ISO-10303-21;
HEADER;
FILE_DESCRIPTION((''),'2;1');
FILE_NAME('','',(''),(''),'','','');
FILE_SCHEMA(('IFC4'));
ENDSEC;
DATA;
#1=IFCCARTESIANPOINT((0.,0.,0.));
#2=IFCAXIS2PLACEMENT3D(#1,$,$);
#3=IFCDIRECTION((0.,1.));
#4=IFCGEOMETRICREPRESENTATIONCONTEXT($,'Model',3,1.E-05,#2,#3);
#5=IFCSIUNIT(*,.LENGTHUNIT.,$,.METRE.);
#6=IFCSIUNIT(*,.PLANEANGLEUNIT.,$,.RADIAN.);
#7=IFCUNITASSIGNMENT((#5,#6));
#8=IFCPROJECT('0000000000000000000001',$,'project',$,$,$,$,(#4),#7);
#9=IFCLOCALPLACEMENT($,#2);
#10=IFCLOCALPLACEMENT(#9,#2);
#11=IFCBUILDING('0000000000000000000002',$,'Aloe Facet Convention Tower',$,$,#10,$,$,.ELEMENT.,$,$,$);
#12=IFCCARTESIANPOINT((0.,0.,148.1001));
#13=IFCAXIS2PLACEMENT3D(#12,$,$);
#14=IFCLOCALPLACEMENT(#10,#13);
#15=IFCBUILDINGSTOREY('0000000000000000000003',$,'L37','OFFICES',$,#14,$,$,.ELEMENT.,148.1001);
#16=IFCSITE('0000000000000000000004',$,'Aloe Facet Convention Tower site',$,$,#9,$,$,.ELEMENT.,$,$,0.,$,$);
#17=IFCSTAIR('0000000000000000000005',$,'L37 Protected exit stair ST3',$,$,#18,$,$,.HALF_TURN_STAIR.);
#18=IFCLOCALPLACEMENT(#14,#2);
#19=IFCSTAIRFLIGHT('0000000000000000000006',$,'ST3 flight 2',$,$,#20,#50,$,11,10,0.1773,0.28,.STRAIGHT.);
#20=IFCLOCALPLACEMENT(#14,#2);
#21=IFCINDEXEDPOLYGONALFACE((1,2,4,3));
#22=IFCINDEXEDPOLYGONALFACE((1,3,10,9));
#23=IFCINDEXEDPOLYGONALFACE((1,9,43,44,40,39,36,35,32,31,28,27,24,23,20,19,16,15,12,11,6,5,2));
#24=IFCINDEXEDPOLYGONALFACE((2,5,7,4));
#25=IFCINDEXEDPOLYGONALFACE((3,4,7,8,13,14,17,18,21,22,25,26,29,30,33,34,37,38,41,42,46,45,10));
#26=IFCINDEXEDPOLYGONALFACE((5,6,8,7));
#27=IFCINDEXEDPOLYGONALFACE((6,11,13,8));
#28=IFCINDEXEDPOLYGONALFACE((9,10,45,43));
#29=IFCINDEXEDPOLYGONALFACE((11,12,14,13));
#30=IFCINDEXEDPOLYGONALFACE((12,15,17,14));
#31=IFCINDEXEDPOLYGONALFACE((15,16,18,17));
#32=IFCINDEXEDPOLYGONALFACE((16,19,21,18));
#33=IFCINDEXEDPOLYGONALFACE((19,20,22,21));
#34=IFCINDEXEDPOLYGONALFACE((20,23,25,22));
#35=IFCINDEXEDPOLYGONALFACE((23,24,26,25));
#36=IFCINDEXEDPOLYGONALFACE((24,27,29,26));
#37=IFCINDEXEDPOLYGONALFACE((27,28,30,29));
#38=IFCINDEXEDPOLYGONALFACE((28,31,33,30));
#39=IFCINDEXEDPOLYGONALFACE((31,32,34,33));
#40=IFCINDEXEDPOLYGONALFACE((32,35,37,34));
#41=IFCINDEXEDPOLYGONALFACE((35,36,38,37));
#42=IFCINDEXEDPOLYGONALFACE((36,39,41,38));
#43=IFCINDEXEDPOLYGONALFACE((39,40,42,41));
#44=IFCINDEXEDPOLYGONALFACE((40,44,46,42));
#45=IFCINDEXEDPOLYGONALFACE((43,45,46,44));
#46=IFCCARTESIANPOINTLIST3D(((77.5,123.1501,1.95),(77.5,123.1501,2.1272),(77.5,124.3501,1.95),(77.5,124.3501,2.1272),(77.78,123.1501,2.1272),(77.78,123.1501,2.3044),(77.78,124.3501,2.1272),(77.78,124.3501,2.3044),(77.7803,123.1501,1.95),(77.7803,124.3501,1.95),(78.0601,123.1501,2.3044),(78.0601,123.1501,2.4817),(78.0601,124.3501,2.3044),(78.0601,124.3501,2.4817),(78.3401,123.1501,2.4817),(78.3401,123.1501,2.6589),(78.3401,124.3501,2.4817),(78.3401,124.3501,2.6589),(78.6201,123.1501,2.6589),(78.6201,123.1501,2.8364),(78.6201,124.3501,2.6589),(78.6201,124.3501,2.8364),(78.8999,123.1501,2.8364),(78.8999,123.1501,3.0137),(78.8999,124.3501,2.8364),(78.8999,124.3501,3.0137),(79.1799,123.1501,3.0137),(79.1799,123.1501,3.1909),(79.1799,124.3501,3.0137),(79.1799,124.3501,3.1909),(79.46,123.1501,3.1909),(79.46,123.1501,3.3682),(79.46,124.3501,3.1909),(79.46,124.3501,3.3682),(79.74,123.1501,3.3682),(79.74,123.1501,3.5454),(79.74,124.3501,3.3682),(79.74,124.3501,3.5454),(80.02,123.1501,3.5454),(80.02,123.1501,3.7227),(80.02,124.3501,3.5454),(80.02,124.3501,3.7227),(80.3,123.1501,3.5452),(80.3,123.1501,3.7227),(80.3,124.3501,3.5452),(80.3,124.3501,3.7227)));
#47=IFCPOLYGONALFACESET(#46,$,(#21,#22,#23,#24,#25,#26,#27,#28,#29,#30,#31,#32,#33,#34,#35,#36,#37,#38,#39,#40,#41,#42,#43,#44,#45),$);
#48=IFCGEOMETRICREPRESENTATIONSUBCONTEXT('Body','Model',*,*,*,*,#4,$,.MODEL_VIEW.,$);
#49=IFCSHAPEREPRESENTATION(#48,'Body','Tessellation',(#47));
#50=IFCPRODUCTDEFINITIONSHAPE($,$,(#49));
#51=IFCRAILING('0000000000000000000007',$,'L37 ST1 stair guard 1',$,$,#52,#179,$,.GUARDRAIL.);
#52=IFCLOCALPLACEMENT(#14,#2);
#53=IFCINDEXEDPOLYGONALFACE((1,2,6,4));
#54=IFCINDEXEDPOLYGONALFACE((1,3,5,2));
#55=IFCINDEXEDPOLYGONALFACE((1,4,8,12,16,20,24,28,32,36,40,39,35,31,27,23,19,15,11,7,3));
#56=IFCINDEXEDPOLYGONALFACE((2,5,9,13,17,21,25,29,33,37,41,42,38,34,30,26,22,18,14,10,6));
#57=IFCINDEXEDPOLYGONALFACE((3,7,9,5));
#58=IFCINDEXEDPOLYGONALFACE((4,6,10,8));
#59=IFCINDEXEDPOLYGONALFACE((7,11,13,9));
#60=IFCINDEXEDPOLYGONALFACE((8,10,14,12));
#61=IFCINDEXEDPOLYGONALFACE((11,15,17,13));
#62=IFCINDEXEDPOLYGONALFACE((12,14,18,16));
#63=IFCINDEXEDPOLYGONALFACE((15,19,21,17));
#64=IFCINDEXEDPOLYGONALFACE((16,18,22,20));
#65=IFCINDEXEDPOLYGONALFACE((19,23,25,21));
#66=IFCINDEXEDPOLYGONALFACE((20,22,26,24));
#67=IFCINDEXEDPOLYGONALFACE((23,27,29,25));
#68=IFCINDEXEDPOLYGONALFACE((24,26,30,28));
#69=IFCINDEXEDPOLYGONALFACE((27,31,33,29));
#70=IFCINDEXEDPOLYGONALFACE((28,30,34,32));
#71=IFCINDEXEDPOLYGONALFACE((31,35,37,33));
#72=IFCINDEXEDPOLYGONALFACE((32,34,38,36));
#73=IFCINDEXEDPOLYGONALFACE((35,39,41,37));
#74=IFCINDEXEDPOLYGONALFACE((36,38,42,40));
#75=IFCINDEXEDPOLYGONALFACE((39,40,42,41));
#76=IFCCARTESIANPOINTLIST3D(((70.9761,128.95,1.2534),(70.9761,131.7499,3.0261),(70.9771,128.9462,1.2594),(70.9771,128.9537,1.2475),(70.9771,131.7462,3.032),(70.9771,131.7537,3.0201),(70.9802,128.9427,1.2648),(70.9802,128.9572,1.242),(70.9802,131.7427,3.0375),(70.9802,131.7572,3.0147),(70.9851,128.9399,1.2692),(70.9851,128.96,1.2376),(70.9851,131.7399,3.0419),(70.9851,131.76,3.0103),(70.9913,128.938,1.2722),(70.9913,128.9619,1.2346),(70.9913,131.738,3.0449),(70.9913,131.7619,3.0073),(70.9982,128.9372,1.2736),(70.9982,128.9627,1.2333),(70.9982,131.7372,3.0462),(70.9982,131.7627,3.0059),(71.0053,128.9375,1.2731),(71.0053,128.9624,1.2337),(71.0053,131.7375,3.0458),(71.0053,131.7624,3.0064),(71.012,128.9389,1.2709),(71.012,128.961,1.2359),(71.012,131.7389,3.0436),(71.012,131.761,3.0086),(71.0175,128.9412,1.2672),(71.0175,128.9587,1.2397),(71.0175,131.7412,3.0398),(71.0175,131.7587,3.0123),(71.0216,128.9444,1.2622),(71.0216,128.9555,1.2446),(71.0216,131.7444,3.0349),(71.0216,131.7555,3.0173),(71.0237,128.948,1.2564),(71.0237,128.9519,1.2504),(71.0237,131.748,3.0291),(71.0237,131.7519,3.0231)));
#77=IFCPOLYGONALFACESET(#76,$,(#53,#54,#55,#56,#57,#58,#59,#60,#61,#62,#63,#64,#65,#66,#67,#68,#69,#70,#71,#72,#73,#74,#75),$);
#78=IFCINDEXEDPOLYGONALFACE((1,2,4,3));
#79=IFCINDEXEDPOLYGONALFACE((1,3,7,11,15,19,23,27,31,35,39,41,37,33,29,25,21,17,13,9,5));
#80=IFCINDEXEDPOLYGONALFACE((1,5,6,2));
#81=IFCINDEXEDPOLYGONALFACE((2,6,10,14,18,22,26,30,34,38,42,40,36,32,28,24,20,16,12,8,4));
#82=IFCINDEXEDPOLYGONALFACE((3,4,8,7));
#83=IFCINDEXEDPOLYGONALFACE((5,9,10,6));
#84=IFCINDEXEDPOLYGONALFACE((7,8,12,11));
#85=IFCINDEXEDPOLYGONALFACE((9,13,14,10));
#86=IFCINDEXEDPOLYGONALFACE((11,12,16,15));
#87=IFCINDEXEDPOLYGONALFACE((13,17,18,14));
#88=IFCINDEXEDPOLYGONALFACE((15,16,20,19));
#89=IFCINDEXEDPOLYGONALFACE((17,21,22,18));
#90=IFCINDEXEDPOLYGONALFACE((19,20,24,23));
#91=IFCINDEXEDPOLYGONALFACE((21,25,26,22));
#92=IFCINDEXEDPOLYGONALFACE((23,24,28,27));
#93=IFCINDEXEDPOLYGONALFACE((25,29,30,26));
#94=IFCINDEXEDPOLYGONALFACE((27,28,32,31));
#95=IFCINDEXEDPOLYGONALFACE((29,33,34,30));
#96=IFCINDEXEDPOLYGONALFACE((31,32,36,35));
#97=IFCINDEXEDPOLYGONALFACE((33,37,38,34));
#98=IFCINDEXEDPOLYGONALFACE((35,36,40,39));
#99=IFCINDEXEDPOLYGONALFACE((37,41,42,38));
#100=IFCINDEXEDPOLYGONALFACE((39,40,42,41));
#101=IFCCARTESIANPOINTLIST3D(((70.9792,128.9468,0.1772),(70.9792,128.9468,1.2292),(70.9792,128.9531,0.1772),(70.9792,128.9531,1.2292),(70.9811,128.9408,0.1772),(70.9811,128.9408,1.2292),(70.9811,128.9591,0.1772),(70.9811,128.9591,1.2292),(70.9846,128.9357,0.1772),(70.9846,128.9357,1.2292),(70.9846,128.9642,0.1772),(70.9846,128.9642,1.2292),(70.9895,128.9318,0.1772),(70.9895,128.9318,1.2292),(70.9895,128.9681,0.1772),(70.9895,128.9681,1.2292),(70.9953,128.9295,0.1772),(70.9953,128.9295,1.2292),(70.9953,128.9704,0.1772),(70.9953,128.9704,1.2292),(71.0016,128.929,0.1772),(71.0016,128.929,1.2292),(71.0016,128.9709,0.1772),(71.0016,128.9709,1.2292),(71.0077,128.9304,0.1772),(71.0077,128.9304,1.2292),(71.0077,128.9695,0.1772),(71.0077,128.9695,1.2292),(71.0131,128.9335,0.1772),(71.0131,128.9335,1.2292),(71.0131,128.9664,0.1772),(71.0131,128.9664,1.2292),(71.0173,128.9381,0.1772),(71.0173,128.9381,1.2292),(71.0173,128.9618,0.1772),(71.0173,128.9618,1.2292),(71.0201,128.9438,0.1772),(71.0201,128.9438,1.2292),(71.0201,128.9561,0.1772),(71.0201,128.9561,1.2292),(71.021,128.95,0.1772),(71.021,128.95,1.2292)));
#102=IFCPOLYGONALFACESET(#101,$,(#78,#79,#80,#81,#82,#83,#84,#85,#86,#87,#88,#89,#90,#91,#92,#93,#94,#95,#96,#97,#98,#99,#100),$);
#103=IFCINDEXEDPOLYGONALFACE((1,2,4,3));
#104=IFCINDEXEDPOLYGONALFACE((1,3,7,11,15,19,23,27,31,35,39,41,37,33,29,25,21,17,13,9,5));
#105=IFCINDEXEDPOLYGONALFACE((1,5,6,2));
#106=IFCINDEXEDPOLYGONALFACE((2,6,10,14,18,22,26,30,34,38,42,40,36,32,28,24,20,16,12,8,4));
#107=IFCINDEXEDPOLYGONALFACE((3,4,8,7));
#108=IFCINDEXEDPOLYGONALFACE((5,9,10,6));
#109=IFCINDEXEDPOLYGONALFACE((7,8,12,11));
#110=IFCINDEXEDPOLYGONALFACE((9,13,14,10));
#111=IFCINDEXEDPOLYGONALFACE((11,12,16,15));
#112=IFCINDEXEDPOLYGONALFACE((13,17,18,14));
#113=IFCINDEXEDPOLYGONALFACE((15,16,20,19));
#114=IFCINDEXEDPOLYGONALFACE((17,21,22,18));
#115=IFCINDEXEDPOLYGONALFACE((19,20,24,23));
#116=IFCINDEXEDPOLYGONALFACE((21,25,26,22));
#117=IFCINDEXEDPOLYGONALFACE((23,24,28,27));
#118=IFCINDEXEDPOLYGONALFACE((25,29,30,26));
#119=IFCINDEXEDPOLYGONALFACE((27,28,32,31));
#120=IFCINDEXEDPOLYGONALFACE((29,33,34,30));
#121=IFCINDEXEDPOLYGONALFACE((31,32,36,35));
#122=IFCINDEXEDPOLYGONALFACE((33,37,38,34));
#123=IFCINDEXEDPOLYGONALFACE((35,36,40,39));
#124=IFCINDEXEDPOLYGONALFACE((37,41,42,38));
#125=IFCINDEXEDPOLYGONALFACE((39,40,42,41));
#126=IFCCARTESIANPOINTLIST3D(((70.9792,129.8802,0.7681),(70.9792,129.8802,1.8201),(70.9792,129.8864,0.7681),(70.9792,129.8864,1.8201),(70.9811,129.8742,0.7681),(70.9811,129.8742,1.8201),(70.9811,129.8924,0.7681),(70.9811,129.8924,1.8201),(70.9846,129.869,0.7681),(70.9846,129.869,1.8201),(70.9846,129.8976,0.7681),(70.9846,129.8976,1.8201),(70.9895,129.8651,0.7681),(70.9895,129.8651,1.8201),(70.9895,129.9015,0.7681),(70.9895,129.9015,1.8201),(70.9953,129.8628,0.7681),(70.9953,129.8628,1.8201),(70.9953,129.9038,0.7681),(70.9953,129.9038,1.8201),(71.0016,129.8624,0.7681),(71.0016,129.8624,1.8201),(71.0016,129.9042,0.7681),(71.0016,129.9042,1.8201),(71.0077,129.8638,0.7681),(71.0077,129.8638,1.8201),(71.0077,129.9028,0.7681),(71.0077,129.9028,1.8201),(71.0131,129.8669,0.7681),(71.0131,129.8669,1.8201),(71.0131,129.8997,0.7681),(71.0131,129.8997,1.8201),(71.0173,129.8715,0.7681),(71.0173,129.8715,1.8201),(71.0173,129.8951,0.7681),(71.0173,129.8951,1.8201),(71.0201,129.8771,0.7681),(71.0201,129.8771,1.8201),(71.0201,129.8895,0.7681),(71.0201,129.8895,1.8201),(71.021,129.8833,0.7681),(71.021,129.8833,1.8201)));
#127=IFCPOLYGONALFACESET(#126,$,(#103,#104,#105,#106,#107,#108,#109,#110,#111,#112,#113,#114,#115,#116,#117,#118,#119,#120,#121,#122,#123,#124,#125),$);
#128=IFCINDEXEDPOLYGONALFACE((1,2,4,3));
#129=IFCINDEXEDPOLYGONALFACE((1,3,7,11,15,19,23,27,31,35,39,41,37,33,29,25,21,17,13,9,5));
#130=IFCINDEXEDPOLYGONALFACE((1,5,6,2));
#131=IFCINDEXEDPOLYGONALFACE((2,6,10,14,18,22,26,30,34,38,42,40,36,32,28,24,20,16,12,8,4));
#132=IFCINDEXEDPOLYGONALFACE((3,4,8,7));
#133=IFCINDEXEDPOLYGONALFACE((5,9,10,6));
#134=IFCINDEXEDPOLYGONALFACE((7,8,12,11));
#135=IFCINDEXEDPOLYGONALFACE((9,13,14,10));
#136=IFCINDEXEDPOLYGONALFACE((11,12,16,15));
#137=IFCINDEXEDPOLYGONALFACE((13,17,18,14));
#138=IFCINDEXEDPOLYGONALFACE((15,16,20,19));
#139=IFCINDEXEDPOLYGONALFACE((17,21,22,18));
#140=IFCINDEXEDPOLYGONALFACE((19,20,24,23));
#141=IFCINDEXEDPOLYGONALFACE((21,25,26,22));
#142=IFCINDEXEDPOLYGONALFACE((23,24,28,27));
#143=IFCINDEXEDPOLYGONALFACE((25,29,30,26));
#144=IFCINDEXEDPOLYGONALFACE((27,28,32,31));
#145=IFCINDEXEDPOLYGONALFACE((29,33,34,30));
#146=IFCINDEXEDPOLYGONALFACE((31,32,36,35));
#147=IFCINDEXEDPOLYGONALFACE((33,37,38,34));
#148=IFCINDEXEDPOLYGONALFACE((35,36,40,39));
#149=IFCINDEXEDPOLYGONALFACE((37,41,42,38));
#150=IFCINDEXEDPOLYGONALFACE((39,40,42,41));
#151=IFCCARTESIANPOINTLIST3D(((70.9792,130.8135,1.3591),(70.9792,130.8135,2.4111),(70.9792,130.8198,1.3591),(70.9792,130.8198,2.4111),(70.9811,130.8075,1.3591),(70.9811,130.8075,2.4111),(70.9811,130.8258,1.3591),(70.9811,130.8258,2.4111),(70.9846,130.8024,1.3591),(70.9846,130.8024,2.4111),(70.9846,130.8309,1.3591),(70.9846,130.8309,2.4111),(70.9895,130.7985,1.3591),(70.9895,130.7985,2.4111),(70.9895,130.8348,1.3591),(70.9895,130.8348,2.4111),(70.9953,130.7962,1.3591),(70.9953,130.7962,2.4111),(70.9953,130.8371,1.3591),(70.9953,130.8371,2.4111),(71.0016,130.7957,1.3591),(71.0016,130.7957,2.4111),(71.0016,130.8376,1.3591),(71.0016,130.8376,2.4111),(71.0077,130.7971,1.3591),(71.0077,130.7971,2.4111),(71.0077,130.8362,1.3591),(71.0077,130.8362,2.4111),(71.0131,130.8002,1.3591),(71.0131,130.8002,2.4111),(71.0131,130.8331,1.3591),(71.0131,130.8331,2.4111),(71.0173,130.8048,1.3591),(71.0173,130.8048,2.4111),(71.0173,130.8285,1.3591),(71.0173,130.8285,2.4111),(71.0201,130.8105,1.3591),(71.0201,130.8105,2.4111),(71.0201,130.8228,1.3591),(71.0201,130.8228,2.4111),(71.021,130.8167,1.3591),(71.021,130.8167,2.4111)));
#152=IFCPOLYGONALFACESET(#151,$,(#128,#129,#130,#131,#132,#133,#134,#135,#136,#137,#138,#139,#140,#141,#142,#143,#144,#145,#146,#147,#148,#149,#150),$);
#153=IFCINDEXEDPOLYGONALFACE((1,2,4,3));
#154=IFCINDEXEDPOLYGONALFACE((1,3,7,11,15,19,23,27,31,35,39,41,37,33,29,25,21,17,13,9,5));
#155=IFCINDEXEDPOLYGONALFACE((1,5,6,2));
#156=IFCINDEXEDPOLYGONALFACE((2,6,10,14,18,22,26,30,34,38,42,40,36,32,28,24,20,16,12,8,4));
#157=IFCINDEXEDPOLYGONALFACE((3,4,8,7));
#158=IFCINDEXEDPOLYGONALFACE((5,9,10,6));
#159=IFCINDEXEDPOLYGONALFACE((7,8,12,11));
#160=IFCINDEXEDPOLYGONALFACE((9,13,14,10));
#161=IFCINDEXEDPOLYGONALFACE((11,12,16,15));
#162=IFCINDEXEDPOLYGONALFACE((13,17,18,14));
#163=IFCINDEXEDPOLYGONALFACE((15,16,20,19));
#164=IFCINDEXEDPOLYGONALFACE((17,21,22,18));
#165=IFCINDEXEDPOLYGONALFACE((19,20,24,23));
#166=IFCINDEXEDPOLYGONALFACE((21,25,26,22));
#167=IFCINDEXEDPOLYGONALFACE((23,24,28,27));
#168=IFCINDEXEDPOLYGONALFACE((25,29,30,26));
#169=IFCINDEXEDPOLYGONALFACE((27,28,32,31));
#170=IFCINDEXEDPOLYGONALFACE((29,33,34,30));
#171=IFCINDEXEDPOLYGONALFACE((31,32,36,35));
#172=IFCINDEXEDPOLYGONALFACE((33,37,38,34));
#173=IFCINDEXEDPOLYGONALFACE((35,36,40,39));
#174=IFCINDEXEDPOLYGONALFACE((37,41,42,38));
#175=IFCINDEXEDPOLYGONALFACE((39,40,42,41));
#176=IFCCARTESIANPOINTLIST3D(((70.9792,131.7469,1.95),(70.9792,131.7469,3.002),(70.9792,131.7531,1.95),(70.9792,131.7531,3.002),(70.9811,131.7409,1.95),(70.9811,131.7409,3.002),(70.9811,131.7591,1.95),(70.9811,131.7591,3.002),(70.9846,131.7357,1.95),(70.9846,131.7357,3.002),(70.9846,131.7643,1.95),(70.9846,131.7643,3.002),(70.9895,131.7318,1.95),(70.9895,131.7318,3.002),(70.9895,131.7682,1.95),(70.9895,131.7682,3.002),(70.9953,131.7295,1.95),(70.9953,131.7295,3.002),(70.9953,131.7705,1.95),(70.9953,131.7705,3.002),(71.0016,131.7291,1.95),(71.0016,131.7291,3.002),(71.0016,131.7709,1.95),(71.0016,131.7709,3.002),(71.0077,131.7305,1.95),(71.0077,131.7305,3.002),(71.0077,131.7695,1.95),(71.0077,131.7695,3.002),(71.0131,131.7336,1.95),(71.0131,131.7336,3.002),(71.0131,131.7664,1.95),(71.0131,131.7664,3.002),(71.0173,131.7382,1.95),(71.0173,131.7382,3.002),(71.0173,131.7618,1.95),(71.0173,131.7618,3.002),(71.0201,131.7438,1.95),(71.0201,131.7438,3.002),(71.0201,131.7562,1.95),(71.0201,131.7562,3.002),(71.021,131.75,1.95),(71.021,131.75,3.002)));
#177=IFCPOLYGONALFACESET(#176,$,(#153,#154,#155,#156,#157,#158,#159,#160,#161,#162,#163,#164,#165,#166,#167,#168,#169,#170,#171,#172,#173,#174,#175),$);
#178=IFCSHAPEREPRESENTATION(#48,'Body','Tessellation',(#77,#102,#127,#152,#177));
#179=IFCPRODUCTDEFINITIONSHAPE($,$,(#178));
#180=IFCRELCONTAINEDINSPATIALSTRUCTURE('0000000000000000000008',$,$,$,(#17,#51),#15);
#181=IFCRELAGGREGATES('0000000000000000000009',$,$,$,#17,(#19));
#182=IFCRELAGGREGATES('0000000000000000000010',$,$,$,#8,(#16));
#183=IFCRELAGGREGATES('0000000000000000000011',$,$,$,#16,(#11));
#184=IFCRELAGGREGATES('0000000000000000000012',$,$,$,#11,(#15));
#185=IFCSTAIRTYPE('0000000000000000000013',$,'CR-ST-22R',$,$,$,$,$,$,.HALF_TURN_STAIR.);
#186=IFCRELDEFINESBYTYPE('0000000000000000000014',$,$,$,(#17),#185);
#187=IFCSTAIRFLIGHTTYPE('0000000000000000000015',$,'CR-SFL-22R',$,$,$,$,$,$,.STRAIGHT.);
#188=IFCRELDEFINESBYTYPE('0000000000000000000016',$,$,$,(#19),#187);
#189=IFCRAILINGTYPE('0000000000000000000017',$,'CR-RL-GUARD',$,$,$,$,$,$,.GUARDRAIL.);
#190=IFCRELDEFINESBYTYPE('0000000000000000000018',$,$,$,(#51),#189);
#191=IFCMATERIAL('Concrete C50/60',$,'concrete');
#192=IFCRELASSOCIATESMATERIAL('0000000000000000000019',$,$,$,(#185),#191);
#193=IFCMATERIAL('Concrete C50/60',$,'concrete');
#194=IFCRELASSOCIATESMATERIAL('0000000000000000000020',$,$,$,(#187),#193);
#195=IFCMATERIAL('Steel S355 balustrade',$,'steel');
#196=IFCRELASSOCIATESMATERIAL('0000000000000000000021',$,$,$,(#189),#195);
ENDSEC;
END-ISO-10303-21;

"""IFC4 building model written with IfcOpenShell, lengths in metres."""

from ifc_helpers import new_model, si_unit, direction, frame, origin, origin_2d, place, context, subcontext, project, spatial, polyline, circle, outline, extrude, material, type_object, element, aggregate, save


model = new_model("IFC4")

# Units and contexts
model_context = context("Model", 3, precision=1e-05, world=origin(), true_north=direction((0.0, 1.0)))
body_context = subcontext(model_context, "Body", "Model", "MODEL_VIEW")
ifc_project = project(units=[si_unit("LENGTHUNIT", "METRE"), si_unit("PLANEANGLEUNIT", "RADIAN")], contexts=[model_context])

# Site, building, storey
site_placement = place(None, origin())
site = spatial("IfcSite", under=ifc_project, at=site_placement, Name="Aloe Facet Convention Tower site", CompositionType="ELEMENT", RefElevation=0.0)
building_placement = place(site_placement, origin())
building = spatial("IfcBuilding", under=site, at=building_placement, Name="Aloe Facet Convention Tower", CompositionType="ELEMENT")
storey_placement = place(building_placement, frame((0.0, 0.0, 148.1001)))
storey = spatial("IfcBuildingStorey", under=building, at=storey_placement, Name="L37", Description="OFFICES", CompositionType="ELEMENT", Elevation=148.1001)

# Stair, stair flight
ifc_material_1 = material(Name="Concrete C50/60", Category="concrete")
stair_type = type_object("IfcStairType", Name="CR-ST-22R", PredefinedType="HALF_TURN_STAIR", material=ifc_material_1)
ifc_material_2 = material(Name="Concrete C50/60", Category="concrete")
stair_flight_type = type_object("IfcStairFlightType", Name="CR-SFL-22R", PredefinedType="STRAIGHT", material=ifc_material_2)
stair_1_placement = place(storey_placement, origin())
stair_1 = element("IfcStair", 1, at=stair_1_placement, inside=storey, type_object=stair_type, Name="L37 Protected exit stair ST3", PredefinedType="HALF_TURN_STAIR")
stair_flight_1_placement = place(storey_placement, frame((77.5, 123.75, 1.95), z_axis=(0.0, 0.0, 1.0), x_axis=(1.0, 0.0, 0.0)))
stair_flight_1 = element("IfcStairFlight", 2, at=stair_flight_1_placement, type_object=stair_flight_type, Name="ST3 flight 2", NumberOfRisers=11, NumberOfTreads=10, PredefinedType="STRAIGHT", RiserHeight=0.1773, TreadLength=0.28, context=body_context, shape_type="SweptSolid", body=[
    extrude(outline(polyline([(0.0, 0.0), (0.0, 0.1772), (0.28, 0.1772), (0.28, 0.3545), (0.5601, 0.3545), (0.5601, 0.5317), (0.8401, 0.5317), (0.8401, 0.709), (1.1201, 0.709), (1.1201, 0.8865), (1.3999, 0.8865), (1.3999, 1.0637), (1.6799, 1.0637), (1.6799, 1.241), (1.96, 1.241), (1.96, 1.4182), (2.24, 1.4182), (2.24, 1.5955), (2.52, 1.5955), (2.52, 1.7727), (2.8, 1.7727), (2.8, 1.95), (2.8, 1.5952), (0.2803, 0.0), (0.0, 0.0)])), frame((0.0, 0.6001, 0.0), z_axis=(0.0, -1.0, 0.0), x_axis=(1.0, 0.0, 0.0)), (0.0, 0.0, 1.0), 1.2),
])
aggregate(stair_1, [stair_flight_1])

# Railing
ifc_material_3 = material(Name="Steel S355 balustrade", Category="steel")
railing_type_1 = type_object("IfcRailingType", Name="CR-RL-GUARD", PredefinedType="GUARDRAIL", material=ifc_material_3)
railing_1_placement = place(storey_placement, frame((71.0, 128.95, 0.1772)))
element("IfcRailing", 3, at=railing_1_placement, inside=storey, type_object=railing_type_1, Name="L37 ST1 stair guard 1", PredefinedType="GUARDRAIL", context=body_context, shape_type="SweptSolid", body=[
    extrude(circle(Radius=0.0239, at=origin_2d()), frame((0.0, 0.0, 1.0762), z_axis=(0.0, 0.844909, 0.53491), x_axis=(-1.0, 0.0, 0.0)), (0.0, 0.0, 1.0), 3.314),
    extrude(circle(Radius=0.021, at=origin_2d()), origin(), (0.0, 0.0, 1.0), 1.052),
    extrude(circle(Radius=0.021, at=origin_2d()), frame((0.0, 0.9333, 0.5908)), (0.0, 0.0, 1.0), 1.052),
    extrude(circle(Radius=0.021, at=origin_2d()), frame((0.0, 1.8667, 1.1819)), (0.0, 0.0, 1.0), 1.052),
    extrude(circle(Radius=0.021, at=origin_2d()), frame((0.0, 2.8, 1.7727)), (0.0, 0.0, 1.0), 1.052),
])

save(model, "model.ifc")
